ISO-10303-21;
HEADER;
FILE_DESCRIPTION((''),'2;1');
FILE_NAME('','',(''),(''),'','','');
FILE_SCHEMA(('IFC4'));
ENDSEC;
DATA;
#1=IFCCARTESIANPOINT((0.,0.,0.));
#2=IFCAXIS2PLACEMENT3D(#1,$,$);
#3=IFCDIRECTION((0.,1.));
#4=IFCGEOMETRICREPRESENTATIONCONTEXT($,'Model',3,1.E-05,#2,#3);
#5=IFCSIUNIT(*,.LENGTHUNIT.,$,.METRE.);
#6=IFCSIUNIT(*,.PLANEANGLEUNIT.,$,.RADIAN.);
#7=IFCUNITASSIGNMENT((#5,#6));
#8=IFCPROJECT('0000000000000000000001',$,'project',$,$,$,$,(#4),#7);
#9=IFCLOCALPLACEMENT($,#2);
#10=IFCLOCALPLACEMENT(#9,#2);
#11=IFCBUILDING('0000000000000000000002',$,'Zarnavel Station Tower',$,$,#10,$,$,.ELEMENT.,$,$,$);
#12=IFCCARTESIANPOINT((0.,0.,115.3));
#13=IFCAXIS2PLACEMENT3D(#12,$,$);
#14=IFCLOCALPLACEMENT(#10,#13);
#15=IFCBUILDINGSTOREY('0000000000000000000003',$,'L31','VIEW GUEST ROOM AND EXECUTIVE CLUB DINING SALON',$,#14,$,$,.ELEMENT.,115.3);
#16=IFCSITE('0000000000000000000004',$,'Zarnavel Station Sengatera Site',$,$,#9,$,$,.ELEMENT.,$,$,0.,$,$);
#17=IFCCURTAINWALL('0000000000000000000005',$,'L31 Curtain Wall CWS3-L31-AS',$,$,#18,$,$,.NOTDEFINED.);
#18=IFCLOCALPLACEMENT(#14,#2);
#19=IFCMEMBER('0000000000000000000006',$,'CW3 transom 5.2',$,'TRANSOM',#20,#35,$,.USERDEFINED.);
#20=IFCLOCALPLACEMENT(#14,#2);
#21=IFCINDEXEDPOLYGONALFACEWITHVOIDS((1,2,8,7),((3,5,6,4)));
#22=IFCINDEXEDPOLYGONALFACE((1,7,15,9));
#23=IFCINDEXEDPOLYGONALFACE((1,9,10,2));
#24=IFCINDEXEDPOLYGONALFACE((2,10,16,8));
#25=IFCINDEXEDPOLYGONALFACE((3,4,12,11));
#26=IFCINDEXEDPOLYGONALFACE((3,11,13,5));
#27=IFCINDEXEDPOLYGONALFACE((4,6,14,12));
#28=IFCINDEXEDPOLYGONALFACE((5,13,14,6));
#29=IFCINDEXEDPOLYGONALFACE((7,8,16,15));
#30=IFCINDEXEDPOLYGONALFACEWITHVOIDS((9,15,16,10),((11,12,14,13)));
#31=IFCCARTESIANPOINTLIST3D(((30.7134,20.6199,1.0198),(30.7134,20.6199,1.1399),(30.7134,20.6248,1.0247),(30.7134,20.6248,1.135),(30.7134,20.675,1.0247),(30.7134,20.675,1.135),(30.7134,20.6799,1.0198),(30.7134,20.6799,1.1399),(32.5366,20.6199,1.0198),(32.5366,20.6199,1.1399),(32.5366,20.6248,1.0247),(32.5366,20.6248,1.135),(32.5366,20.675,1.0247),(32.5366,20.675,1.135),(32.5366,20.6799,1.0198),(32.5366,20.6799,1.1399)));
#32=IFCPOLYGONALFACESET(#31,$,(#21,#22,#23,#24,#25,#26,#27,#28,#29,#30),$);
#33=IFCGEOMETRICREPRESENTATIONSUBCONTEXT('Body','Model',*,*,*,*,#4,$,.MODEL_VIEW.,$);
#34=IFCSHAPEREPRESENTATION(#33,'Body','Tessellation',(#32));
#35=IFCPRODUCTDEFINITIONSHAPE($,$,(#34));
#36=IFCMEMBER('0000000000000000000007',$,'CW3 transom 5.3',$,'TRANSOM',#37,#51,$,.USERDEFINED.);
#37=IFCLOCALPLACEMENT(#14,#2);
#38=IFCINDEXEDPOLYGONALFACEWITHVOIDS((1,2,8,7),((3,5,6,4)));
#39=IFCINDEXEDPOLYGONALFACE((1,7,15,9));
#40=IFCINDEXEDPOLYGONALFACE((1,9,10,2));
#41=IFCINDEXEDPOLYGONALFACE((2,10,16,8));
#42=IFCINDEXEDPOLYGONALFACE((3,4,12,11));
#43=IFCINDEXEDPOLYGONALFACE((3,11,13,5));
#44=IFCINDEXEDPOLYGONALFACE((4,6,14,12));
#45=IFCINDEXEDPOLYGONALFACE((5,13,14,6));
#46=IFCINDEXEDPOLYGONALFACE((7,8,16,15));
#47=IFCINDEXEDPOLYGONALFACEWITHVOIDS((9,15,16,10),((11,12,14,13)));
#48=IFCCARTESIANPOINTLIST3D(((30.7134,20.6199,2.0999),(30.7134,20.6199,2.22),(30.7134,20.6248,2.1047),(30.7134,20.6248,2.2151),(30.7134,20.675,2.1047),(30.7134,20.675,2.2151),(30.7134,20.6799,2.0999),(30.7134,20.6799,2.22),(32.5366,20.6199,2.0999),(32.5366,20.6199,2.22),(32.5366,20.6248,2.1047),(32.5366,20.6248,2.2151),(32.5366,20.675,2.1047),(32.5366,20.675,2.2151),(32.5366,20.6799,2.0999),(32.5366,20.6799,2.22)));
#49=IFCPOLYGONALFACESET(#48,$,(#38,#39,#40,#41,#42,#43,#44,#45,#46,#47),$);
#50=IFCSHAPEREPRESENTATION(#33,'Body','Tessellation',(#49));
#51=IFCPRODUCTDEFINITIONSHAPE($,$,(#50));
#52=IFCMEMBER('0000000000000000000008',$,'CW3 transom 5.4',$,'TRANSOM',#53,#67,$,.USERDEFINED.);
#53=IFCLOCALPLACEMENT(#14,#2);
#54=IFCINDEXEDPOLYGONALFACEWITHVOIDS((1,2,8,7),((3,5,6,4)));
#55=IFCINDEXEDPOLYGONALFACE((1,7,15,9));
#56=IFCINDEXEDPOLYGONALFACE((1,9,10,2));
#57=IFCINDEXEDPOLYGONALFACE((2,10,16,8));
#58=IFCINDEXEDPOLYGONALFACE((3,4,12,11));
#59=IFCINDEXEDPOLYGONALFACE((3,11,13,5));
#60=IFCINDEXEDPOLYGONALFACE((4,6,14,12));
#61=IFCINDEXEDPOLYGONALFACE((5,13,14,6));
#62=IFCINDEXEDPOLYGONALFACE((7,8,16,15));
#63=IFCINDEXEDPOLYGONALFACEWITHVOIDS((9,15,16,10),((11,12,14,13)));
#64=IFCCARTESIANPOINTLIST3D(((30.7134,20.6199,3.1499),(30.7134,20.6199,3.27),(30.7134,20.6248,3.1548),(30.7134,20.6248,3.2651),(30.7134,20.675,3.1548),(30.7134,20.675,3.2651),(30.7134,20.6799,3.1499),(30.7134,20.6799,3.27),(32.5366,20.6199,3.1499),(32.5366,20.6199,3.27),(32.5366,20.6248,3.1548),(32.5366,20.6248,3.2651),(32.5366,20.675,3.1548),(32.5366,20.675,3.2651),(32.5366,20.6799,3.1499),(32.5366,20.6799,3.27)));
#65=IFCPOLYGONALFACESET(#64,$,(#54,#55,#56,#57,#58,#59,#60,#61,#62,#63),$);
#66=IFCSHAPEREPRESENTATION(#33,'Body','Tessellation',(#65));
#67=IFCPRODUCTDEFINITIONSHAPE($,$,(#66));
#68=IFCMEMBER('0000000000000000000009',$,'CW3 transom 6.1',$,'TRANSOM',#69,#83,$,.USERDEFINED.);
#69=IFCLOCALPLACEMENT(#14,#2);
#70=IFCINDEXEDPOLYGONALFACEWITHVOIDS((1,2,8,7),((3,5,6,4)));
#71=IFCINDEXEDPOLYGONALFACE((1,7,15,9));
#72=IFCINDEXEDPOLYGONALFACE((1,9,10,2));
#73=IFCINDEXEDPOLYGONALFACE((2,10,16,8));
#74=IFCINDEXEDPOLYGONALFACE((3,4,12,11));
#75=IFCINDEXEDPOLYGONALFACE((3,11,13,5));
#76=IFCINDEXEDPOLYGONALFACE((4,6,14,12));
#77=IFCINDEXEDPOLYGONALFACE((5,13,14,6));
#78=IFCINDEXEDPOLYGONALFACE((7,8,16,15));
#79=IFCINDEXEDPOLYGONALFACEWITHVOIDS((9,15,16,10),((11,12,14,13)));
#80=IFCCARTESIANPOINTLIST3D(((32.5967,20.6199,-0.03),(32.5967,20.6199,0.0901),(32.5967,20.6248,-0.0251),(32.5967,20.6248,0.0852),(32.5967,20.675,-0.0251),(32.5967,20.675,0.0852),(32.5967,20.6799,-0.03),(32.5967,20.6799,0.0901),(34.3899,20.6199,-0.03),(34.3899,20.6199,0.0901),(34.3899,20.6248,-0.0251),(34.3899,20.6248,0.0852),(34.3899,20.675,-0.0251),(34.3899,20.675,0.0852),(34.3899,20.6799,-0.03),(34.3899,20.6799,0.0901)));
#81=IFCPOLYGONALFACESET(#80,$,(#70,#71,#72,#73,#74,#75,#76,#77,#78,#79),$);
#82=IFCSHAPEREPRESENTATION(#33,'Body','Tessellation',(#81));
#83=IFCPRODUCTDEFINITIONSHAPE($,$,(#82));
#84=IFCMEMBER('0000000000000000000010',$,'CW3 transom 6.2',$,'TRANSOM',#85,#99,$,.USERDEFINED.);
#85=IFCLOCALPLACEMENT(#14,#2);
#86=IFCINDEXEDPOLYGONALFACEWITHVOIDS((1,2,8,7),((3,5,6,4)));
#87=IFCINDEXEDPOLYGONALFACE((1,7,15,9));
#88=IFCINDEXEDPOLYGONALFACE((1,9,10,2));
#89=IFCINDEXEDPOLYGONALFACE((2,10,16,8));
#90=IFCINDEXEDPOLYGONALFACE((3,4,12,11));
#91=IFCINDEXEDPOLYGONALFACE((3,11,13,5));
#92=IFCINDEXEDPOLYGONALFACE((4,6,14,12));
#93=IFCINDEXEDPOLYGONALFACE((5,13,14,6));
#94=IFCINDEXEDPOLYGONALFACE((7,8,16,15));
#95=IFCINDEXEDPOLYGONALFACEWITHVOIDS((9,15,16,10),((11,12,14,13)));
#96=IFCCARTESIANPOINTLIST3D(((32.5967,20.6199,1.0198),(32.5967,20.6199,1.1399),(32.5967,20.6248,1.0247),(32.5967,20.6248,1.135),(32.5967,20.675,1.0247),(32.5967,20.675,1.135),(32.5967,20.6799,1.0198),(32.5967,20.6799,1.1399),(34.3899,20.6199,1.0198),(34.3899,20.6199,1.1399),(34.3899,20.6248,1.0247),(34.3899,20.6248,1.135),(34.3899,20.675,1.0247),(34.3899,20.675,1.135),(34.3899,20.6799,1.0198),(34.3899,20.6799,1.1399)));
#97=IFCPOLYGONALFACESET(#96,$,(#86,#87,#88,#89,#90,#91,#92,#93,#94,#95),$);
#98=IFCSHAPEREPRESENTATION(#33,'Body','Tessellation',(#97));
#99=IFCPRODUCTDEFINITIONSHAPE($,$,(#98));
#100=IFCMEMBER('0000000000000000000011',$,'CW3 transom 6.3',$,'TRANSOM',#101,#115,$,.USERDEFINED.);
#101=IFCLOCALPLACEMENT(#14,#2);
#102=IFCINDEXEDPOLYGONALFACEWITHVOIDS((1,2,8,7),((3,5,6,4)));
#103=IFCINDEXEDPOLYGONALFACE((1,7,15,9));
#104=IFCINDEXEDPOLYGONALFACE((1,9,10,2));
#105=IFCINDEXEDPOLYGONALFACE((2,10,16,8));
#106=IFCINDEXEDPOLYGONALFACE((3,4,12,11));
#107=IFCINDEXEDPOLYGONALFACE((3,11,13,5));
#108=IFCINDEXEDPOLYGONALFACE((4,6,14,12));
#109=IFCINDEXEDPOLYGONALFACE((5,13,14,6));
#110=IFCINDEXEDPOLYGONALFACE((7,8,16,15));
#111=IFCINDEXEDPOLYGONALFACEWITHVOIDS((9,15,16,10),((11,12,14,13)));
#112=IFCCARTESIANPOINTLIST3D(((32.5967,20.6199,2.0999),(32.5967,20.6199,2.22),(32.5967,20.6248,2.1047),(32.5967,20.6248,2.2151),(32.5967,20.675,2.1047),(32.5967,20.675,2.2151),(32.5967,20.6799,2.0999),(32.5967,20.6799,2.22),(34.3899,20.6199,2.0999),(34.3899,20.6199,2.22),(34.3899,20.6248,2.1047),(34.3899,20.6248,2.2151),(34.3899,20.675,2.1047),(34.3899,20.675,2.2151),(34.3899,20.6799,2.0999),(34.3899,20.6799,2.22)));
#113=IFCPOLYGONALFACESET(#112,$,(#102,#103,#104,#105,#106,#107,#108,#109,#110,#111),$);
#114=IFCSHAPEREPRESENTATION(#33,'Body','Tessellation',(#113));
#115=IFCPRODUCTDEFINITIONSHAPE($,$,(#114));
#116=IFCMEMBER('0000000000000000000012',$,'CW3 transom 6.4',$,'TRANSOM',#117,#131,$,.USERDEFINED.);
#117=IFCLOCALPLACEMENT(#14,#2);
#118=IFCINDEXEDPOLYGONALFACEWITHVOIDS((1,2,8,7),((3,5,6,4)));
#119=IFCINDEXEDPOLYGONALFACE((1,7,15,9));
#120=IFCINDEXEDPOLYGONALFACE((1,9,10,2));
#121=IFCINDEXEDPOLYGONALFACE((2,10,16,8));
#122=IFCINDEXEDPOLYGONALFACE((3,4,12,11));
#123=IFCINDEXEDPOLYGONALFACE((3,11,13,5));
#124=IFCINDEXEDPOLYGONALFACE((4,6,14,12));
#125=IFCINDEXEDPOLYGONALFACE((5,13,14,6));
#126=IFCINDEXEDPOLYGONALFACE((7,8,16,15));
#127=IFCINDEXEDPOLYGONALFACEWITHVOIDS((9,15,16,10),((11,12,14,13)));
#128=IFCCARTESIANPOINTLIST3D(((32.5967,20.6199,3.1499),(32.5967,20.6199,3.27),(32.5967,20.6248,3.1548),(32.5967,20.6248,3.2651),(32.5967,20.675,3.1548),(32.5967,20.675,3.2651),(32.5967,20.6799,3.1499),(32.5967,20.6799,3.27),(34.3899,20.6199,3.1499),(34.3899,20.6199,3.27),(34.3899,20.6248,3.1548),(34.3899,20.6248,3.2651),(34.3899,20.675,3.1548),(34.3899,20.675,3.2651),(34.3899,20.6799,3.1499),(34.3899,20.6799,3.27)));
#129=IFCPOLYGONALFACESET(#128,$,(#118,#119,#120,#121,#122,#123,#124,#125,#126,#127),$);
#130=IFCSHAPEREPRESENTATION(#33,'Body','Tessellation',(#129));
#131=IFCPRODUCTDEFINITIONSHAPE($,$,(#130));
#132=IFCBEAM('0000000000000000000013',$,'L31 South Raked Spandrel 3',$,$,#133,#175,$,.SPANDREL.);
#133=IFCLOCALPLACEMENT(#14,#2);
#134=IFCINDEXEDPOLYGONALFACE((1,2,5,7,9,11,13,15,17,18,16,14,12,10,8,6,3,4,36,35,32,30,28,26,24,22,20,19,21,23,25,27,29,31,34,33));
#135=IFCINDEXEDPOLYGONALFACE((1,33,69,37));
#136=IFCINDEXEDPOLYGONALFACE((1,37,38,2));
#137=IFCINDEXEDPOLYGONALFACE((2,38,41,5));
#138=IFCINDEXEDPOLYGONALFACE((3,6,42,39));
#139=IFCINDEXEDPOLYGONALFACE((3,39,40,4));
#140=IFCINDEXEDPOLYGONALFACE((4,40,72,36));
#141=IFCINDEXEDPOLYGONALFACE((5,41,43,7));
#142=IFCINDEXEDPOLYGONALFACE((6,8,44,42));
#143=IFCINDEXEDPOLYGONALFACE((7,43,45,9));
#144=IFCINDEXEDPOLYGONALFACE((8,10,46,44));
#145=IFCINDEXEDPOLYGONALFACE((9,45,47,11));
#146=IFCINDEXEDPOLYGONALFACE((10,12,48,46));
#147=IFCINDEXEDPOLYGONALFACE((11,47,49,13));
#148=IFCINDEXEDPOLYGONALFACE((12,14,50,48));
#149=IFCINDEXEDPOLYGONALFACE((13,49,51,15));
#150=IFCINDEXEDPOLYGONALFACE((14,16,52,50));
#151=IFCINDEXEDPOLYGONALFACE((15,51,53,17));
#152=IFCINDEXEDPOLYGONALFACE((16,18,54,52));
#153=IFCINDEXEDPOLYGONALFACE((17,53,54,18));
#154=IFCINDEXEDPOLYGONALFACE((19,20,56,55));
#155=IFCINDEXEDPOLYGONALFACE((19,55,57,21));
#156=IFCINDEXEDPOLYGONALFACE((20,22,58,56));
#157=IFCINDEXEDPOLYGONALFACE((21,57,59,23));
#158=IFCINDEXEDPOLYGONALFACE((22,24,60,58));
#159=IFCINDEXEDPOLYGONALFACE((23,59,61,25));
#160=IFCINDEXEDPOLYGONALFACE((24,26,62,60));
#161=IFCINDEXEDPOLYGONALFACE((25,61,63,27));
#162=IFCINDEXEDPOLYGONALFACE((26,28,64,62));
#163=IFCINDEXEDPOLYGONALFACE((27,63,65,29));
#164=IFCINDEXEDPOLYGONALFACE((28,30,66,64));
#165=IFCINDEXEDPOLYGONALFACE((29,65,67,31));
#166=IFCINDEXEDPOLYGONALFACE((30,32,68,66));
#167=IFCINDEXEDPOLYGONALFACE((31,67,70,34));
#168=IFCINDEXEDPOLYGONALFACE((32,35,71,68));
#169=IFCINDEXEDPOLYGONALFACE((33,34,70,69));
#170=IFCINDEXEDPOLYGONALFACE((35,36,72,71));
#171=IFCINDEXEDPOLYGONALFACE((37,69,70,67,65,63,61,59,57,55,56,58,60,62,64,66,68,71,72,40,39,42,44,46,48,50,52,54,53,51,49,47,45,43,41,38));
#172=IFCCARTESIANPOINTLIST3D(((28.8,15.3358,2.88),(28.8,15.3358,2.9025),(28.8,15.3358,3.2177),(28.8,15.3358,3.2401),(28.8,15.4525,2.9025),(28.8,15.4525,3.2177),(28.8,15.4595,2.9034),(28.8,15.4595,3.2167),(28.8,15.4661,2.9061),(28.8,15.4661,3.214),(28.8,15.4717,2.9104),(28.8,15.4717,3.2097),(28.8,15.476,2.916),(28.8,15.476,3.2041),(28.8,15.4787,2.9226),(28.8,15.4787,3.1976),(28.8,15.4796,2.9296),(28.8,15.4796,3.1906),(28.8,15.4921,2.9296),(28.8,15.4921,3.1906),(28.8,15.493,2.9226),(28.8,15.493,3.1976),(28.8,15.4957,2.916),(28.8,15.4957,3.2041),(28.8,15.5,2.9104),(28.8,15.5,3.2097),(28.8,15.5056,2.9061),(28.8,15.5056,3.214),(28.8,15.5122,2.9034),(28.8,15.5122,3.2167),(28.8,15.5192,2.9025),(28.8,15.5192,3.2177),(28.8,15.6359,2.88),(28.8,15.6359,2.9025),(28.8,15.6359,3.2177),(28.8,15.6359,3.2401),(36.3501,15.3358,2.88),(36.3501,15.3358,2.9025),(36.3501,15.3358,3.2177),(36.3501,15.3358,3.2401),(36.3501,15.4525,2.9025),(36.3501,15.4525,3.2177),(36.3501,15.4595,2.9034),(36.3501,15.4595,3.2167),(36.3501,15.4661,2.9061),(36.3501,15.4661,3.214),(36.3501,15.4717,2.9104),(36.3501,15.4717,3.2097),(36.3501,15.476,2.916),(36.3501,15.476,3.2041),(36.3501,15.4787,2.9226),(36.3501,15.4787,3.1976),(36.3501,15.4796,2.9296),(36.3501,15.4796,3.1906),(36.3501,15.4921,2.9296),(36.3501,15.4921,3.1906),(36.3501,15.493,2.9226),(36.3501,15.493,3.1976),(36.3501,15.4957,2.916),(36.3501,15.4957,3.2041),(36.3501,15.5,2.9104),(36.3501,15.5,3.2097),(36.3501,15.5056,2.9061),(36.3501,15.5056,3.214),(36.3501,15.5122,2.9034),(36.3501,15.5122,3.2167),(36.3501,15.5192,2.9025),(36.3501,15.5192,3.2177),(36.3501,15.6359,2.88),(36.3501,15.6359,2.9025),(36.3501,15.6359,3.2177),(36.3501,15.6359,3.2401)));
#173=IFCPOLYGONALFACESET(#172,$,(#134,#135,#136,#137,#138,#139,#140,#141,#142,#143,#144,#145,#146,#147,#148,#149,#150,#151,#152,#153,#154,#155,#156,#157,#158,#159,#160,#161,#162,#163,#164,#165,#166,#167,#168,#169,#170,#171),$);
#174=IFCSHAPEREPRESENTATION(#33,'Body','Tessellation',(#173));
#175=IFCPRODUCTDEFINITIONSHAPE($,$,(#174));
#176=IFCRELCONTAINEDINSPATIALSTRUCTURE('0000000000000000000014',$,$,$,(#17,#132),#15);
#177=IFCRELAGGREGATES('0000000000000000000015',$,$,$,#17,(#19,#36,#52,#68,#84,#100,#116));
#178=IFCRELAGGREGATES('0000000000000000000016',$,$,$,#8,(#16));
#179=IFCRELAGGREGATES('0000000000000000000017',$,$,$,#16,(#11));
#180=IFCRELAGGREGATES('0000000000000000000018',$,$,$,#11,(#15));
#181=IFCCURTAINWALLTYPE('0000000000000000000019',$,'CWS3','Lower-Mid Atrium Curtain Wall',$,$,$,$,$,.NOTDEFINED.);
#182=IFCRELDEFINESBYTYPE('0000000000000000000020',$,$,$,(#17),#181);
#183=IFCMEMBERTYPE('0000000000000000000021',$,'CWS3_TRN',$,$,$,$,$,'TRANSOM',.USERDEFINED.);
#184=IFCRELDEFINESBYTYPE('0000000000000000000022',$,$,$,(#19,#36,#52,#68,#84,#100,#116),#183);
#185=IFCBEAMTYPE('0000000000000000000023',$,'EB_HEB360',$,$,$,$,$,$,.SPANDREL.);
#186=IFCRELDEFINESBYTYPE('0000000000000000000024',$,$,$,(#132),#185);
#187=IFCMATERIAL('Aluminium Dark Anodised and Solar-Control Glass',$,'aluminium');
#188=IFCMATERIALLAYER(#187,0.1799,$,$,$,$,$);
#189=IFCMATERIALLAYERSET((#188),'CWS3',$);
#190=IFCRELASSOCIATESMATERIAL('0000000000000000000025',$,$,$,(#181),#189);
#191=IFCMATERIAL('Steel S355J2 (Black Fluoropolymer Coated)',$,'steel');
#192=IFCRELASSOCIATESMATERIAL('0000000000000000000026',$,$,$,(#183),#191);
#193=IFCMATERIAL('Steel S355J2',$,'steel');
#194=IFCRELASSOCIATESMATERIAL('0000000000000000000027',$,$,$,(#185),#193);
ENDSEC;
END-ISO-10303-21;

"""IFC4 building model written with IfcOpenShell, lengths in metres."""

from ifc_helpers import new_model, si_unit, direction, frame, origin, origin_2d, place, context, subcontext, project, spatial, hollow_rectangle, i_section, extrude, material, layer, layer_set, material_profile, profile_set, type_object, element, aggregate, save


model = new_model("IFC4")

# Units and contexts
model_context = context("Model", 3, precision=1e-05, world=origin(), true_north=direction((0.0, 1.0)))
body_context = subcontext(model_context, "Body", "Model", "MODEL_VIEW")
ifc_project = project(units=[si_unit("LENGTHUNIT", "METRE"), si_unit("PLANEANGLEUNIT", "RADIAN")], contexts=[model_context])

# Site, building, storey
site_placement = place(None, origin())
site = spatial("IfcSite", under=ifc_project, at=site_placement, Name="Zarnavel Station Sengatera Site", CompositionType="ELEMENT", RefElevation=0.0)
building_placement = place(site_placement, origin())
building = spatial("IfcBuilding", under=site, at=building_placement, Name="Zarnavel Station Tower", CompositionType="ELEMENT")
storey_placement = place(building_placement, frame((0.0, 0.0, 115.3)))
storey = spatial("IfcBuildingStorey", under=building, at=storey_placement, Name="L31", Description="VIEW GUEST ROOM AND EXECUTIVE CLUB DINING SALON", CompositionType="ELEMENT", Elevation=115.3)

# Curtain wall, members
ifc_material_1 = material(Name="Aluminium Dark Anodised and Solar-Control Glass", Category="aluminium")
ifc_layer_1 = layer(ifc_material_1, 0.1799)
ifc_layer_set_1 = layer_set([ifc_layer_1], Name="CWS3")
curtain_wall_type = type_object("IfcCurtainWallType", Name="CWS3", Description="Lower-Mid Atrium Curtain Wall", PredefinedType="NOTDEFINED", material=ifc_layer_set_1)
curtain_wall_placement = place(storey_placement, origin())
curtain_wall = element("IfcCurtainWall", 1, at=curtain_wall_placement, inside=storey, type_object=curtain_wall_type, Name="L31 Curtain Wall CWS3-L31-AS", PredefinedType="NOTDEFINED")
ifc_material_2 = material(Name="Steel S355J2 (Black Fluoropolymer Coated)", Category="steel")
ifc_material_profile_1 = material_profile(ifc_material_2, hollow_rectangle(XDim=0.0601, YDim=0.1201, WallThickness=0.0049, at=origin_2d()), Name="RHS120x60x5")
ifc_profile_set_1 = profile_set([ifc_material_profile_1], Name="Steel S355J2 (Black Fluoropolymer Coated)")
member_type_1 = type_object("IfcMemberType", Name="CWS3_TRN", ElementType="TRANSOM", PredefinedType="USERDEFINED", material=ifc_profile_set_1)
member_1_placement = place(storey_placement, frame((30.7134, 20.6499, 1.0798), z_axis=(1.0, 0.0, 0.0), x_axis=(0.0, 1.0, 0.0)))
member_1 = element("IfcMember", 2, at=member_1_placement, type_object=member_type_1, Name="CW3 transom 5.2", ObjectType="TRANSOM", PredefinedType="USERDEFINED", context=body_context, shape_type="SweptSolid", body=[
    extrude(hollow_rectangle(XDim=0.0601, YDim=0.1201, WallThickness=0.0049, at=origin_2d()), origin(), (0.0, 0.0, 1.0), 1.8232),
])
member_2_placement = place(storey_placement, frame((30.7134, 20.6499, 2.1599), z_axis=(1.0, 0.0, 0.0), x_axis=(0.0, 1.0, 0.0)))
member_2 = element("IfcMember", 3, at=member_2_placement, type_object=member_type_1, Name="CW3 transom 5.3", ObjectType="TRANSOM", PredefinedType="USERDEFINED", context=body_context, shape_type="SweptSolid", body=[
    extrude(hollow_rectangle(XDim=0.0601, YDim=0.1201, WallThickness=0.0049, at=origin_2d()), origin(), (0.0, 0.0, 1.0), 1.8232),
])
member_3_placement = place(storey_placement, frame((30.7134, 20.6499, 3.21), z_axis=(1.0, 0.0, 0.0), x_axis=(0.0, 1.0, 0.0)))
member_3 = element("IfcMember", 4, at=member_3_placement, type_object=member_type_1, Name="CW3 transom 5.4", ObjectType="TRANSOM", PredefinedType="USERDEFINED", context=body_context, shape_type="SweptSolid", body=[
    extrude(hollow_rectangle(XDim=0.0601, YDim=0.1201, WallThickness=0.0049, at=origin_2d()), origin(), (0.0, 0.0, 1.0), 1.8232),
])
member_4_placement = place(storey_placement, frame((32.5967, 20.6499, 0.03), z_axis=(1.0, 0.0, 0.0), x_axis=(0.0, 1.0, 0.0)))
member_4 = element("IfcMember", 5, at=member_4_placement, type_object=member_type_1, Name="CW3 transom 6.1", ObjectType="TRANSOM", PredefinedType="USERDEFINED", context=body_context, shape_type="SweptSolid", body=[
    extrude(hollow_rectangle(XDim=0.0601, YDim=0.1201, WallThickness=0.0049, at=origin_2d()), origin(), (0.0, 0.0, 1.0), 1.7932),
])
member_5_placement = place(storey_placement, frame((32.5967, 20.6499, 1.0798), z_axis=(1.0, 0.0, 0.0), x_axis=(0.0, 1.0, 0.0)))
member_5 = element("IfcMember", 6, at=member_5_placement, type_object=member_type_1, Name="CW3 transom 6.2", ObjectType="TRANSOM", PredefinedType="USERDEFINED", context=body_context, shape_type="SweptSolid", body=[
    extrude(hollow_rectangle(XDim=0.0601, YDim=0.1201, WallThickness=0.0049, at=origin_2d()), origin(), (0.0, 0.0, 1.0), 1.7932),
])
member_6_placement = place(storey_placement, frame((32.5967, 20.6499, 2.1599), z_axis=(1.0, 0.0, 0.0), x_axis=(0.0, 1.0, 0.0)))
member_6 = element("IfcMember", 7, at=member_6_placement, type_object=member_type_1, Name="CW3 transom 6.3", ObjectType="TRANSOM", PredefinedType="USERDEFINED", context=body_context, shape_type="SweptSolid", body=[
    extrude(hollow_rectangle(XDim=0.0601, YDim=0.1201, WallThickness=0.0049, at=origin_2d()), origin(), (0.0, 0.0, 1.0), 1.7932),
])
member_7_placement = place(storey_placement, frame((32.5967, 20.6499, 3.21), z_axis=(1.0, 0.0, 0.0), x_axis=(0.0, 1.0, 0.0)))
member_7 = element("IfcMember", 8, at=member_7_placement, type_object=member_type_1, Name="CW3 transom 6.4", ObjectType="TRANSOM", PredefinedType="USERDEFINED", context=body_context, shape_type="SweptSolid", body=[
    extrude(hollow_rectangle(XDim=0.0601, YDim=0.1201, WallThickness=0.0049, at=origin_2d()), origin(), (0.0, 0.0, 1.0), 1.7932),
])

# Beam
ifc_material_3 = material(Name="Steel S355J2", Category="steel")
ifc_material_profile_2 = material_profile(ifc_material_3, i_section(OverallWidth=0.3, OverallDepth=0.3601, WebThickness=0.0125, FlangeThickness=0.0225, FilletRadius=0.0271, at=origin_2d()), Name="HEB360")
ifc_profile_set_2 = profile_set([ifc_material_profile_2], Name="Steel S355J2")
beam_type_1 = type_object("IfcBeamType", Name="EB_HEB360", PredefinedType="SPANDREL", material=ifc_profile_set_2)
beam_1_placement = place(storey_placement, frame((28.8, 15.4858, 3.0601), z_axis=(1.0, 0.0, 0.0), x_axis=(0.0, 1.0, 0.0)))
element("IfcBeam", 9, at=beam_1_placement, inside=storey, type_object=beam_type_1, Name="L31 South Raked Spandrel 3", PredefinedType="SPANDREL", context=body_context, shape_type="SweptSolid", body=[
    extrude(i_section(OverallWidth=0.3, OverallDepth=0.3601, WebThickness=0.0125, FlangeThickness=0.0225, FilletRadius=0.0271, at=origin_2d()), origin(), (0.0, 0.0, 1.0), 7.55),
])

aggregate(curtain_wall, [member_1, member_2, member_3, member_4, member_5, member_6, member_7])

save(model, "model.ifc")
